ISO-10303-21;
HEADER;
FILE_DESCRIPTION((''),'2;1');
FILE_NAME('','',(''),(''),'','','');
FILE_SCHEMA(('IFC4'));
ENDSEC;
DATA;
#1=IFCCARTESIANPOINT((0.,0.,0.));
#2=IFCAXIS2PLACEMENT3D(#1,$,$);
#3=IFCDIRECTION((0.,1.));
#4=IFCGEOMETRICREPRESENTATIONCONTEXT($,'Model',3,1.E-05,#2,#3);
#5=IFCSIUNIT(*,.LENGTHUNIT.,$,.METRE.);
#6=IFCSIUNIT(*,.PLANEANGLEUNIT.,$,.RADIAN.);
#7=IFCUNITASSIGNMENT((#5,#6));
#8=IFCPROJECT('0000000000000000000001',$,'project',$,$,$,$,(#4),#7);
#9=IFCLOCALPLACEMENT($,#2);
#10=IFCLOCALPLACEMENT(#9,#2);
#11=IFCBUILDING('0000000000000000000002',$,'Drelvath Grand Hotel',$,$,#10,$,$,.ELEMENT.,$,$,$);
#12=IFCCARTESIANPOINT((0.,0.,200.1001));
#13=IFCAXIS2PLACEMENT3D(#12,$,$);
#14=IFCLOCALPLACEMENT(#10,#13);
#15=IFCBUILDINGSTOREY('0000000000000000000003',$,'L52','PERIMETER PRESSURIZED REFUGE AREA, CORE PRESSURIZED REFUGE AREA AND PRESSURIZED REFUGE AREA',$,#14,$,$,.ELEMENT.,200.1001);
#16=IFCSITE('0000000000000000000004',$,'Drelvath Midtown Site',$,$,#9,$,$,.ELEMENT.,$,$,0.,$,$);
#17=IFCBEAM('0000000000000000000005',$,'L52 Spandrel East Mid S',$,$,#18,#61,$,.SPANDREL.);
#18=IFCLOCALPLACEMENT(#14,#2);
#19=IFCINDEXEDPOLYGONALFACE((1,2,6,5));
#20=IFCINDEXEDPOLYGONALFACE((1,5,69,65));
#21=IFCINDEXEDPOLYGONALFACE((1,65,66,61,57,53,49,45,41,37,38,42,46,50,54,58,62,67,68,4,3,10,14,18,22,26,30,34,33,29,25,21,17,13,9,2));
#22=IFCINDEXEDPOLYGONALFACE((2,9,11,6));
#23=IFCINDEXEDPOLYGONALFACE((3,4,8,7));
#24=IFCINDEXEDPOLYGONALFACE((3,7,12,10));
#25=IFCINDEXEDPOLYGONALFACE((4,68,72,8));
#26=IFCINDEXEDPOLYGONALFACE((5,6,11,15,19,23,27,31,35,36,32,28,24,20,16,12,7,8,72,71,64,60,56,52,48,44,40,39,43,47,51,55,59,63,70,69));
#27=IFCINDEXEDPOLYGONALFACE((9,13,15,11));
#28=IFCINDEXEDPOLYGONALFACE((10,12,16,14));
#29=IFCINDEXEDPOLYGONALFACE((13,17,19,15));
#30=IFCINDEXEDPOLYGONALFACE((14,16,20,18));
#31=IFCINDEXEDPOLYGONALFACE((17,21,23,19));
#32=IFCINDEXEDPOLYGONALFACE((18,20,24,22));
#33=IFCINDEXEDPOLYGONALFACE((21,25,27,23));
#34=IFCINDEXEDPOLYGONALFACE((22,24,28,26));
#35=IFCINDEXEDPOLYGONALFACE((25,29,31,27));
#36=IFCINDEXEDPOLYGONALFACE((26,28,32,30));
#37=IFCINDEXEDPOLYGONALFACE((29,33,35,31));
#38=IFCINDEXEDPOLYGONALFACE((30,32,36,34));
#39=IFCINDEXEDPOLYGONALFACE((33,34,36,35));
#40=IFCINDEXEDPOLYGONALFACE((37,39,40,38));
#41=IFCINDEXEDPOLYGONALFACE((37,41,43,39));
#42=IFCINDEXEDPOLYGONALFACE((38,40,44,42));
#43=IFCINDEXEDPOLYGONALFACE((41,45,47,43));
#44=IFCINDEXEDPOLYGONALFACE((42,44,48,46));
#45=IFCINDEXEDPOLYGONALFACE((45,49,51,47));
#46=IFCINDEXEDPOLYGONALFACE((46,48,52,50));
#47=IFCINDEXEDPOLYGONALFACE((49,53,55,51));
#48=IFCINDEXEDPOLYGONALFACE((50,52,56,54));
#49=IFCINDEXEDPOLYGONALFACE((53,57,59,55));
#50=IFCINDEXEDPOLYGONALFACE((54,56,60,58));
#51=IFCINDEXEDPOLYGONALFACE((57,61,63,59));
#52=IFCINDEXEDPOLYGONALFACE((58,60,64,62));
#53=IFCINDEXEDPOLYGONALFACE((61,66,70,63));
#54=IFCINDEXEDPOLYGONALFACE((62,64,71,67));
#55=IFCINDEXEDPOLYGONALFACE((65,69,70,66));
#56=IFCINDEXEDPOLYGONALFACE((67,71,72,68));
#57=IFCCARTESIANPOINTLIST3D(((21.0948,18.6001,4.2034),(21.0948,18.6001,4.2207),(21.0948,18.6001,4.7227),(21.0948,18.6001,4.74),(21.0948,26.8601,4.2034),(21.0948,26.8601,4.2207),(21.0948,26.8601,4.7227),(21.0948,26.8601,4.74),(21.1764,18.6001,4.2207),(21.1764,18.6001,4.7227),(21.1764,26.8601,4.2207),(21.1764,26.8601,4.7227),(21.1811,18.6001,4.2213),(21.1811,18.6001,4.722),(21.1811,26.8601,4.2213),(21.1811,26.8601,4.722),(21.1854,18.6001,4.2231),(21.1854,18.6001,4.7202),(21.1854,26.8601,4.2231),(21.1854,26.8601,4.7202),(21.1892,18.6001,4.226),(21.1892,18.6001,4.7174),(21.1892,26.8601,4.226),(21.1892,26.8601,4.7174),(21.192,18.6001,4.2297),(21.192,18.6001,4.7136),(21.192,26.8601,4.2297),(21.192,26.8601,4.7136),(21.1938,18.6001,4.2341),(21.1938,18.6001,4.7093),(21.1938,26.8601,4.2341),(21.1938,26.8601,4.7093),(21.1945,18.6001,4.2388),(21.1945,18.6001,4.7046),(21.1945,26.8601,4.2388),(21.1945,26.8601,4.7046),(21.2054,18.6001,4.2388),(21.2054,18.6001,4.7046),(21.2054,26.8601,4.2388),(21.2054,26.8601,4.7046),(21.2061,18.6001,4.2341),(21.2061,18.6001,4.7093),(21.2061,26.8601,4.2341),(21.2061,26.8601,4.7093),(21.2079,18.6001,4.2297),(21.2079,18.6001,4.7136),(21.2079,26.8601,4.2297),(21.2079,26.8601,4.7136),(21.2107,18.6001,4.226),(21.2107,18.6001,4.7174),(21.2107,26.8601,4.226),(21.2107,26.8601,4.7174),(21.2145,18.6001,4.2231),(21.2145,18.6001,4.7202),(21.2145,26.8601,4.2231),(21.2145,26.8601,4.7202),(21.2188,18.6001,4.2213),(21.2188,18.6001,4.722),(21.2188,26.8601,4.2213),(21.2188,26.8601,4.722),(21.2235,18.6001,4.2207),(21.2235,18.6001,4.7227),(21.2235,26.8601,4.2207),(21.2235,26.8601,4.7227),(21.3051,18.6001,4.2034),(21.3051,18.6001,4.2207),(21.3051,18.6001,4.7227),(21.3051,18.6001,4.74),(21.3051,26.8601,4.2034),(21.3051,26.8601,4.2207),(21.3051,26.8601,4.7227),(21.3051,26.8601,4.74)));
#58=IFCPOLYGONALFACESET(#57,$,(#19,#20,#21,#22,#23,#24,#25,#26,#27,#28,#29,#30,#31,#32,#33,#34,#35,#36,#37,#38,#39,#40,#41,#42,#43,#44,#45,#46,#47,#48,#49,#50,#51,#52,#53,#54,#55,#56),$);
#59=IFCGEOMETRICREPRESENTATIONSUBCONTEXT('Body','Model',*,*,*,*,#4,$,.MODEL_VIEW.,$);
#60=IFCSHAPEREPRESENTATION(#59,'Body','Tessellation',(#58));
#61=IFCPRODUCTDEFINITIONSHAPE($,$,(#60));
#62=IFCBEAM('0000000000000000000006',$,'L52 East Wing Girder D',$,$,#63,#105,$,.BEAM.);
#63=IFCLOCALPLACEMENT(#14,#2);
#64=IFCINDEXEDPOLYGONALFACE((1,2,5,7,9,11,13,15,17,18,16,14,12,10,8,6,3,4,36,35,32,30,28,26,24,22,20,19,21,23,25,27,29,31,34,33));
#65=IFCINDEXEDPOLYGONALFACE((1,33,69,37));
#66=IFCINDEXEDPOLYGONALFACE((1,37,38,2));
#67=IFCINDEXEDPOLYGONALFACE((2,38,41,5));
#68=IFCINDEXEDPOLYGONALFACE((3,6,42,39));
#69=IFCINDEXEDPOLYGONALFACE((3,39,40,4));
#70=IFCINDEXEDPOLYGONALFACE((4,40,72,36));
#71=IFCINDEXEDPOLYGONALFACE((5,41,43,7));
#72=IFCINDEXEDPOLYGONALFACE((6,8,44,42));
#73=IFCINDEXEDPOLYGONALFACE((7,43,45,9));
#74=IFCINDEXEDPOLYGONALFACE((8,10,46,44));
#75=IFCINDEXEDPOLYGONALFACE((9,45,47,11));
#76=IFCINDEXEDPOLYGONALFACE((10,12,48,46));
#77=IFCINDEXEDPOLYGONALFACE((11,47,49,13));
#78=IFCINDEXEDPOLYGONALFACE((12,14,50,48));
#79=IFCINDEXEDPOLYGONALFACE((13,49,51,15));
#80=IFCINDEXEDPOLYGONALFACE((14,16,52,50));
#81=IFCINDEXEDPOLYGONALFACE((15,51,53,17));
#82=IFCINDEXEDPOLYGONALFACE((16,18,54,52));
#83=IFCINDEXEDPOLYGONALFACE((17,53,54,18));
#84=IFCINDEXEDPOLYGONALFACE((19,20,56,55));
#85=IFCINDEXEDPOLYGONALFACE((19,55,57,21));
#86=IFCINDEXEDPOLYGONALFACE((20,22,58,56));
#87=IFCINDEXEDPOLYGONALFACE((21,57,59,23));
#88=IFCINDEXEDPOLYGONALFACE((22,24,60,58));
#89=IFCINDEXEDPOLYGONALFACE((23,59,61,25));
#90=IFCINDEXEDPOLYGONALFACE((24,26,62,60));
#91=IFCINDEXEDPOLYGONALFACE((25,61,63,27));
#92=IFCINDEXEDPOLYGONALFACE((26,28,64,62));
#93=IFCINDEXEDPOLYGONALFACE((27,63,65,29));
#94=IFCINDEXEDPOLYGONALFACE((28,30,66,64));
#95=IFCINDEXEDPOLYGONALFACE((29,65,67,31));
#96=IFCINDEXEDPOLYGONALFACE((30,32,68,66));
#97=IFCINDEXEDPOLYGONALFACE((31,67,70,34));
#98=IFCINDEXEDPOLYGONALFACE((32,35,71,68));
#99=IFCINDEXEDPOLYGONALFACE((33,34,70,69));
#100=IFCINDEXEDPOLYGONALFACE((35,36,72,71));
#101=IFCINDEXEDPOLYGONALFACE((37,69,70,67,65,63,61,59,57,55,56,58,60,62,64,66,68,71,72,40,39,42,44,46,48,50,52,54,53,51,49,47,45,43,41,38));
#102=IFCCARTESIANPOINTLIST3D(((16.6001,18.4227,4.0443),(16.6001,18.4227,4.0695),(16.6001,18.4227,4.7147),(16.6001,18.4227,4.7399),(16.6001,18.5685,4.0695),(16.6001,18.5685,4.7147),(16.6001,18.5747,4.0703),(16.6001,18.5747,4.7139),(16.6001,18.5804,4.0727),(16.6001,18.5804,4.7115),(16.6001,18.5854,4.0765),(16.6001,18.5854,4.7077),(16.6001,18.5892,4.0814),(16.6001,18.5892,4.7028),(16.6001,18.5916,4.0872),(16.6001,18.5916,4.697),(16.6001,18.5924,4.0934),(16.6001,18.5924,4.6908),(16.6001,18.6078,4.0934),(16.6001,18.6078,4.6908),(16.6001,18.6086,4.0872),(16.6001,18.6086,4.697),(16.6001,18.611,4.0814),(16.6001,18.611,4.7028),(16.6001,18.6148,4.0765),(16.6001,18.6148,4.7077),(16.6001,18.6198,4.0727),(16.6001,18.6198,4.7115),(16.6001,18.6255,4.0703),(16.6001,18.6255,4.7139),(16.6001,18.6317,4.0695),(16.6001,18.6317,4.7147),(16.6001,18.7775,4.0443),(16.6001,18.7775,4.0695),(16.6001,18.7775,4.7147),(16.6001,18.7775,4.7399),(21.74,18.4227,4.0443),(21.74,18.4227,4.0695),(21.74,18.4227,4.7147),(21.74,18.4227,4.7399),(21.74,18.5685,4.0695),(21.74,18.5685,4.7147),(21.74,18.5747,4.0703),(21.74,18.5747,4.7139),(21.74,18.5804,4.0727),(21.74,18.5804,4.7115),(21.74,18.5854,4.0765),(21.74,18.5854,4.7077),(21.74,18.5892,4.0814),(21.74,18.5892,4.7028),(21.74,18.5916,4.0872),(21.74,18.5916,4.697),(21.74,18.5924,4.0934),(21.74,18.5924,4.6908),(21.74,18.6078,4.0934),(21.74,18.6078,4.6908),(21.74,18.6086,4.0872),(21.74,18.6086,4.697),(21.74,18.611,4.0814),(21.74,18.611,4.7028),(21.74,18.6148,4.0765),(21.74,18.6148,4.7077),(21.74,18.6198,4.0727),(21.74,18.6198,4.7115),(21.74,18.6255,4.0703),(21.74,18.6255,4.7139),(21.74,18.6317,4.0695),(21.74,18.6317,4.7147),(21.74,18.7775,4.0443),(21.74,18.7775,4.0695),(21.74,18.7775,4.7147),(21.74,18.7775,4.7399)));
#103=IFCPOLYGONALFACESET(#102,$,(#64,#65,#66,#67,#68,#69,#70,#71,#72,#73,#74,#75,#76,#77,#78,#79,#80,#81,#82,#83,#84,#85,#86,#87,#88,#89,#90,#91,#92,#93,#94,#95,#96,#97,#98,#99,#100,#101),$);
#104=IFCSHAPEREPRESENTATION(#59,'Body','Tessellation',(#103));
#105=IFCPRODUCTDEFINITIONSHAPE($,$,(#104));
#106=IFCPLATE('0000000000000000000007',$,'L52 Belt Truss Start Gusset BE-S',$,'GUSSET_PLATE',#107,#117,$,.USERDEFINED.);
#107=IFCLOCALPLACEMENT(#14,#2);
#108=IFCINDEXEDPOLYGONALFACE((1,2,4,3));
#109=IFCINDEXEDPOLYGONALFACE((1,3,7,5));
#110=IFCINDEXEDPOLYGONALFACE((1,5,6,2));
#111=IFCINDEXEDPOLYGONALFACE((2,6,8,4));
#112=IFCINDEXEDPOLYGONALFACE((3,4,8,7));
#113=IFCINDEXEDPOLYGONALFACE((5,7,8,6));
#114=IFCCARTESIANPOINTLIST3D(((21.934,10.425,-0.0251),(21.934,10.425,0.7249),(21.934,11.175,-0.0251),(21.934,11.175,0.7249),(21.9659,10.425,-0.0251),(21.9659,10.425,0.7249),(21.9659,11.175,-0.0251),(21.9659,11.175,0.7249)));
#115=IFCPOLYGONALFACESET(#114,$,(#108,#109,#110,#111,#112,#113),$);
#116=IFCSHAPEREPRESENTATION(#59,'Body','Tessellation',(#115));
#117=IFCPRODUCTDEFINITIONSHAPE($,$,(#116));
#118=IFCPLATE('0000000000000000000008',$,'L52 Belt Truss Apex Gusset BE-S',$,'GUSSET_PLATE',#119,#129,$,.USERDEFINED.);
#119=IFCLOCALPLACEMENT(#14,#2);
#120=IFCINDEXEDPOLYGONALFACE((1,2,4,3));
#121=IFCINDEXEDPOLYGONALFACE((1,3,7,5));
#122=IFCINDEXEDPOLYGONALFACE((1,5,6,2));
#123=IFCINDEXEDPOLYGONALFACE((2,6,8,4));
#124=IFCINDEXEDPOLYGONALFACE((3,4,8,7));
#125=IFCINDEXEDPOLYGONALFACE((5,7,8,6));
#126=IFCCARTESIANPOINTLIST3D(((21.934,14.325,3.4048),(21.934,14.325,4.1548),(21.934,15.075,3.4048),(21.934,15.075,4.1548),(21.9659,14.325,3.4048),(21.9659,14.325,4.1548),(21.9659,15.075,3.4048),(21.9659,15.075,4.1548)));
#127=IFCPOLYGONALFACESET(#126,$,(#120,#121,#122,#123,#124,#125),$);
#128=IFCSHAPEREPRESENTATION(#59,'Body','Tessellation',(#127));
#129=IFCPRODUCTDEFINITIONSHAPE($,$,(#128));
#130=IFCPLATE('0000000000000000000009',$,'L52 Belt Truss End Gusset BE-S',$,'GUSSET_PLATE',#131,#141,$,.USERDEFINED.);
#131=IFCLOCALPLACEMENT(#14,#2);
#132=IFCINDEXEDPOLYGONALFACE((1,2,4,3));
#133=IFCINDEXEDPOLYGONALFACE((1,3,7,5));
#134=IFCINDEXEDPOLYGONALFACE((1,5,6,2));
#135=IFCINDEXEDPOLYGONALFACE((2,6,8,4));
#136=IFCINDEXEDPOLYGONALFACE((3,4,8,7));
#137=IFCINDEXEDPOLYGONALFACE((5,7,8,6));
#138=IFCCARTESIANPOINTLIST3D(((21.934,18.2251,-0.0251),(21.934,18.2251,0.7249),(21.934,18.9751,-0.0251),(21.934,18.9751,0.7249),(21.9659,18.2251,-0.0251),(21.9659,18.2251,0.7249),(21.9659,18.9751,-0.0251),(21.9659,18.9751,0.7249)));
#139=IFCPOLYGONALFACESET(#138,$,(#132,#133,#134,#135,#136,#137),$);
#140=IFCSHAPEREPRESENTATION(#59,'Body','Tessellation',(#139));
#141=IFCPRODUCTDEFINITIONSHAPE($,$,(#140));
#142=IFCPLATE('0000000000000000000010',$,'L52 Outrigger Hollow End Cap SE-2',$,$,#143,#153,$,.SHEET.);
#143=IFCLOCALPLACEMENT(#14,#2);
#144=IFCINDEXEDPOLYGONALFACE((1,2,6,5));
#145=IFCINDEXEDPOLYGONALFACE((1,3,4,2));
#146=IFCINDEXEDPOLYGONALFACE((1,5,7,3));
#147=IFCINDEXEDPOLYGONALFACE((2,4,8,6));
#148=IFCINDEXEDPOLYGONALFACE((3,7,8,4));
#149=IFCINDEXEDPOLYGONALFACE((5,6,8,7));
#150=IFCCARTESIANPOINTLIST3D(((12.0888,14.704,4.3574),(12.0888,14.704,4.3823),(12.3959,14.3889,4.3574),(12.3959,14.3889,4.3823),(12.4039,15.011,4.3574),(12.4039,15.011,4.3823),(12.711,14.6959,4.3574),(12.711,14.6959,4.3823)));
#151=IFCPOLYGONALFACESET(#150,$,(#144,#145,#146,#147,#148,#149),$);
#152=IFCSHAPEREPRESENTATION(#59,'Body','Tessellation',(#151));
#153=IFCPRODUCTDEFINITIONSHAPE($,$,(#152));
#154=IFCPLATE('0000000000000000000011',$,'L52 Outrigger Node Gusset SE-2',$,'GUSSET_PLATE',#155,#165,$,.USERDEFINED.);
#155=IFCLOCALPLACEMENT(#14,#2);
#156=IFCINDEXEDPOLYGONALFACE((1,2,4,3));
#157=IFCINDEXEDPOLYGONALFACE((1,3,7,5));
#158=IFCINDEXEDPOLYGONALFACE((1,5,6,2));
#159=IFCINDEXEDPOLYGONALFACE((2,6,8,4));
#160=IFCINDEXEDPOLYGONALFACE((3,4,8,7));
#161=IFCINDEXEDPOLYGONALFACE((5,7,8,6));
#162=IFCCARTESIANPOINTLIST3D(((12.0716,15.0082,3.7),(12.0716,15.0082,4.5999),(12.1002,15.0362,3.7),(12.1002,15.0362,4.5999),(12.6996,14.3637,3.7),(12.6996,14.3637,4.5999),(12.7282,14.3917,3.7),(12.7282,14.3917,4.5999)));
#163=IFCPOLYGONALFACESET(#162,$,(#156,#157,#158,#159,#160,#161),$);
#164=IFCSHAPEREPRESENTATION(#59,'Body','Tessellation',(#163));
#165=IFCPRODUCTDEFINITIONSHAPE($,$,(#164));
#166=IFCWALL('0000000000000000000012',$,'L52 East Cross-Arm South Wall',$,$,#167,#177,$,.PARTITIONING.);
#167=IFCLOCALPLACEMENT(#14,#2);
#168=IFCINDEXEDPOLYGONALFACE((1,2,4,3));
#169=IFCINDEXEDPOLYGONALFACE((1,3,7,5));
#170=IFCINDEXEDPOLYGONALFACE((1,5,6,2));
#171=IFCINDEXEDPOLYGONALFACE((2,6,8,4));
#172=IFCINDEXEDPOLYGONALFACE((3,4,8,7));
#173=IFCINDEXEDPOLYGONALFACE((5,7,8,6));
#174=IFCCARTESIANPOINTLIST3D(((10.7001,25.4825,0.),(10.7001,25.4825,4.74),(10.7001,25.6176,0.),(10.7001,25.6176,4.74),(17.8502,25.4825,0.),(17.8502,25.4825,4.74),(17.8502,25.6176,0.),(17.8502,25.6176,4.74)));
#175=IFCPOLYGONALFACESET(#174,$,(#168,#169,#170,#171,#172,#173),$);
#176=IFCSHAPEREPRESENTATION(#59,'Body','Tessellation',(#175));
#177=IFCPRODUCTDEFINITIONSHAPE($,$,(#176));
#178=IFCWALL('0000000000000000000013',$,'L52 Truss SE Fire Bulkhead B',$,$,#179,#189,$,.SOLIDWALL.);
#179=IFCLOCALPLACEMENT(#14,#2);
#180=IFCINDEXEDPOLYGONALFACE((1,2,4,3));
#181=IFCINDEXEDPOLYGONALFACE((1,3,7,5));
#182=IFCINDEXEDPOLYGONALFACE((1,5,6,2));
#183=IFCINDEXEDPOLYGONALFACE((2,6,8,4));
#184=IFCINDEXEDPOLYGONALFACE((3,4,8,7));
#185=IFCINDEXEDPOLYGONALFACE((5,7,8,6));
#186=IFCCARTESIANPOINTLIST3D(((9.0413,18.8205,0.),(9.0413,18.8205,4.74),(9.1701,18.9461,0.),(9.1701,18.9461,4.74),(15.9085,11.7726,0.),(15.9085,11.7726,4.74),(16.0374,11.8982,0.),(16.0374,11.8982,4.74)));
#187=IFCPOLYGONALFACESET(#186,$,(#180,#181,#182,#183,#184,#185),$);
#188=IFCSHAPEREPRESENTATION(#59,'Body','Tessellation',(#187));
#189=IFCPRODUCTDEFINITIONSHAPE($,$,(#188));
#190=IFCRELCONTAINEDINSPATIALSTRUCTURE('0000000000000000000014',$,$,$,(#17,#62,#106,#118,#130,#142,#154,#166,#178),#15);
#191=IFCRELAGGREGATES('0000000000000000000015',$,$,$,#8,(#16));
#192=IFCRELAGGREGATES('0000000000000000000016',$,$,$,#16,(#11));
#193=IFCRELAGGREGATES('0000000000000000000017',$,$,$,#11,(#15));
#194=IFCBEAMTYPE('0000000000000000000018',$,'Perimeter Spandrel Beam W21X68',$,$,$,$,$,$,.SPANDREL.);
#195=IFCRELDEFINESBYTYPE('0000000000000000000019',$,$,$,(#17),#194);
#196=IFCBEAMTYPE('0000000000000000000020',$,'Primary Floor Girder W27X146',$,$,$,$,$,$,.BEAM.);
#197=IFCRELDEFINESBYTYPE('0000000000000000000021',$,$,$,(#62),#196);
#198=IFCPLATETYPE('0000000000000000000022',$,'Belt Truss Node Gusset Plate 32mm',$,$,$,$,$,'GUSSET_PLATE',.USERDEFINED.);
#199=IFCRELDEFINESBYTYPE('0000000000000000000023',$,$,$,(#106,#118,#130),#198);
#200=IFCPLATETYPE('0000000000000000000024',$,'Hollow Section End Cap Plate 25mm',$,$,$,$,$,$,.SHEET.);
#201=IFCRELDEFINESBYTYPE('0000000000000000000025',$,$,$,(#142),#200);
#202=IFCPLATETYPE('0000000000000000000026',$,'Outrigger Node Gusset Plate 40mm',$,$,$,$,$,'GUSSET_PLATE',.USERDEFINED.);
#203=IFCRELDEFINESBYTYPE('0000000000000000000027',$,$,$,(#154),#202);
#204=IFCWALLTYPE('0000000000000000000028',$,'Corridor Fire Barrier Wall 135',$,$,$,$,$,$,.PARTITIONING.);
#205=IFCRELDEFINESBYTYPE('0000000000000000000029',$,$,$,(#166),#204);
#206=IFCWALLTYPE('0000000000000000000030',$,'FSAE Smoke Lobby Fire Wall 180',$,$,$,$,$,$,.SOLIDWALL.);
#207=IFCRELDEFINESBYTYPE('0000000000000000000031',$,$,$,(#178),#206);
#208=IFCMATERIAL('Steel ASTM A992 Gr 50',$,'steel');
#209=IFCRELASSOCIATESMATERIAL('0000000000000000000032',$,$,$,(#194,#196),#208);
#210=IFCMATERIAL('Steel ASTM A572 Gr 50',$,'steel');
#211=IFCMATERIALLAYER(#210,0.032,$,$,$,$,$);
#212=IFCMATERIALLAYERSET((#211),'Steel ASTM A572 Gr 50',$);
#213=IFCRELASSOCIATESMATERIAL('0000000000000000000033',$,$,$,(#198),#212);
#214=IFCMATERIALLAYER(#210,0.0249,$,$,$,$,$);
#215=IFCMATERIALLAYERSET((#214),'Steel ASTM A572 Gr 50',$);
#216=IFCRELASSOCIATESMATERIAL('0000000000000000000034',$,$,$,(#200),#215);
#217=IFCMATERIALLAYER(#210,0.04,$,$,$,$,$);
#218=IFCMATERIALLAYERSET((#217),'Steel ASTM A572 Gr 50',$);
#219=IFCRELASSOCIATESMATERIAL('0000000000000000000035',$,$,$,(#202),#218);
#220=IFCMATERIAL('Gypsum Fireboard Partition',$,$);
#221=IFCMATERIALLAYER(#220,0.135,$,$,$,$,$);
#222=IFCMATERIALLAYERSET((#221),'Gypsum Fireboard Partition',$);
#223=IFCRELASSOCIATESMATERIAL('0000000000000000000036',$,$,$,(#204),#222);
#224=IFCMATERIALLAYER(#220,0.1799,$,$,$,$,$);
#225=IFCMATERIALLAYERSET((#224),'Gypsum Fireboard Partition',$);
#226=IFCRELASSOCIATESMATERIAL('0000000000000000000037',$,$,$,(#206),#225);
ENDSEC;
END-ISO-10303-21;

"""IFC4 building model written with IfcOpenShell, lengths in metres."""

from ifc_helpers import new_model, si_unit, direction, frame, frame_2d, origin, origin_2d, place, context, subcontext, project, spatial, rectangle, i_section, extrude, material, layer, layer_set, material_profile, profile_set, type_object, element, save


model = new_model("IFC4")

# Units and contexts
model_context = context("Model", 3, precision=1e-05, world=origin(), true_north=direction((0.0, 1.0)))
body_context = subcontext(model_context, "Body", "Model", "MODEL_VIEW")
ifc_project = project(units=[si_unit("LENGTHUNIT", "METRE"), si_unit("PLANEANGLEUNIT", "RADIAN")], contexts=[model_context])

# Site, building, storey
site_placement = place(None, origin())
site = spatial("IfcSite", under=ifc_project, at=site_placement, Name="Drelvath Midtown Site", CompositionType="ELEMENT", RefElevation=0.0)
building_placement = place(site_placement, origin())
building = spatial("IfcBuilding", under=site, at=building_placement, Name="Drelvath Grand Hotel", CompositionType="ELEMENT")
storey_placement = place(building_placement, frame((0.0, 0.0, 200.1001)))
storey = spatial("IfcBuildingStorey", under=building, at=storey_placement, Name="L52", Description="PERIMETER PRESSURIZED REFUGE AREA, CORE PRESSURIZED REFUGE AREA AND PRESSURIZED REFUGE AREA", CompositionType="ELEMENT", Elevation=200.1001)

# Beams
ifc_material_1 = material(Name="Steel ASTM A992 Gr 50", Category="steel")
ifc_material_profile_1 = material_profile(ifc_material_1, i_section(OverallWidth=0.2102, OverallDepth=0.5366, WebThickness=0.011, FlangeThickness=0.0173, FilletRadius=0.0181, at=origin_2d()), Name="W21X68")
ifc_profile_set_1 = profile_set([ifc_material_profile_1], Name="Steel ASTM A992 Gr 50")
beam_type_1 = type_object("IfcBeamType", Name="Perimeter Spandrel Beam W21X68", PredefinedType="SPANDREL", material=ifc_profile_set_1)
beam_1_placement = place(storey_placement, frame((21.2, 18.6001, 4.4717), z_axis=(0.0, 1.0, 0.0), x_axis=(-1.0, 0.0, 0.0)))
element("IfcBeam", 1, at=beam_1_placement, inside=storey, type_object=beam_type_1, Name="L52 Spandrel East Mid S", PredefinedType="SPANDREL", context=body_context, shape_type="SweptSolid", body=[
    extrude(i_section(OverallWidth=0.2102, OverallDepth=0.5366, WebThickness=0.011, FlangeThickness=0.0173, FilletRadius=0.0181, at=origin_2d()), origin(), (0.0, 0.0, 1.0), 8.26),
])
ifc_material_profile_2 = material_profile(ifc_material_1, i_section(OverallWidth=0.3547, OverallDepth=0.6956, WebThickness=0.0154, FlangeThickness=0.0251, FilletRadius=0.0239, at=origin_2d()), Name="W27X146")
ifc_profile_set_2 = profile_set([ifc_material_profile_2], Name="Steel ASTM A992 Gr 50")
beam_type_2 = type_object("IfcBeamType", Name="Primary Floor Girder W27X146", PredefinedType="BEAM", material=ifc_profile_set_2)
beam_2_placement = place(storey_placement, frame((16.6001, 18.6001, 4.3921), z_axis=(1.0, 0.0, 0.0), x_axis=(0.0, 1.0, 0.0)))
element("IfcBeam", 2, at=beam_2_placement, inside=storey, type_object=beam_type_2, Name="L52 East Wing Girder D", PredefinedType="BEAM", context=body_context, shape_type="SweptSolid", body=[
    extrude(i_section(OverallWidth=0.3547, OverallDepth=0.6956, WebThickness=0.0154, FlangeThickness=0.0251, FilletRadius=0.0239, at=origin_2d()), origin(), (0.0, 0.0, 1.0), 5.1399),
])

# Plates
ifc_material_2 = material(Name="Steel ASTM A572 Gr 50", Category="steel")
ifc_layer_1 = layer(ifc_material_2, 0.032)
ifc_layer_set_1 = layer_set([ifc_layer_1], Name="Steel ASTM A572 Gr 50")
plate_type_1 = type_object("IfcPlateType", Name="Belt Truss Node Gusset Plate 32mm", ElementType="GUSSET_PLATE", PredefinedType="USERDEFINED", material=ifc_layer_set_1)
for number, where, z_axis, x_axis, name in (
    (3, (21.95, 10.8, -0.0251), (0.0, 0.0, 1.0), (0.0, 1.0, 0.0), "L52 Belt Truss Start Gusset BE-S"),
    (4, (21.95, 14.7, 3.4048), (0.0, 0.0, 1.0), (0.0, 1.0, 0.0), "L52 Belt Truss Apex Gusset BE-S"),
    (5, (21.95, 18.6001, -0.0251), (0.0, 0.0, 1.0), (0.0, 1.0, 0.0), "L52 Belt Truss End Gusset BE-S"),
):
    element("IfcPlate", number, at=place(storey_placement, frame(where, z_axis=z_axis, x_axis=x_axis)), inside=storey, type_object=plate_type_1, Name=name, ObjectType="GUSSET_PLATE", PredefinedType="USERDEFINED", context=body_context, shape_type="SweptSolid", body=[
        extrude(rectangle(XDim=0.75, YDim=0.032, at=origin_2d()), origin(), (0.0, 0.0, 1.0), 0.75),
    ])
ifc_layer_2 = layer(ifc_material_2, 0.0249)
ifc_layer_set_2 = layer_set([ifc_layer_2], Name="Steel ASTM A572 Gr 50")
plate_type_2 = type_object("IfcPlateType", Name="Hollow Section End Cap Plate 25mm", PredefinedType="SHEET", material=ifc_layer_set_2)
plate_1_placement = place(storey_placement, frame((12.3999, 14.7, 4.3574), z_axis=(0.0, 0.0, 1.0), x_axis=(0.697865, -0.71623, 0.0)))
element("IfcPlate", 6, at=plate_1_placement, inside=storey, type_object=plate_type_2, Name="L52 Outrigger Hollow End Cap SE-2", PredefinedType="SHEET", context=body_context, shape_type="SweptSolid", body=[
    extrude(rectangle(XDim=0.4399, YDim=0.4399, at=origin_2d()), origin(), (0.0, 0.0, 1.0), 0.0249),
])
ifc_layer_3 = layer(ifc_material_2, 0.04)
ifc_layer_set_3 = layer_set([ifc_layer_3], Name="Steel ASTM A572 Gr 50")
plate_type_3 = type_object("IfcPlateType", Name="Outrigger Node Gusset Plate 40mm", ElementType="GUSSET_PLATE", PredefinedType="USERDEFINED", material=ifc_layer_set_3)
plate_2_placement = place(storey_placement, frame((12.3999, 14.7, 3.7), z_axis=(0.0, 0.0, 1.0), x_axis=(0.697865, -0.71623, 0.0)))
element("IfcPlate", 7, at=plate_2_placement, inside=storey, type_object=plate_type_3, Name="L52 Outrigger Node Gusset SE-2", ObjectType="GUSSET_PLATE", PredefinedType="USERDEFINED", context=body_context, shape_type="SweptSolid", body=[
    extrude(rectangle(XDim=0.8999, YDim=0.04, at=origin_2d()), origin(), (0.0, 0.0, 1.0), 0.8999),
])

# Walls
ifc_material_3 = material(Name="Gypsum Fireboard Partition")
ifc_layer_4 = layer(ifc_material_3, 0.135)
ifc_layer_set_4 = layer_set([ifc_layer_4], Name="Gypsum Fireboard Partition")
wall_type_1 = type_object("IfcWallType", Name="Corridor Fire Barrier Wall 135", PredefinedType="PARTITIONING", material=ifc_layer_set_4)
wall_1_placement = place(storey_placement, frame((10.7, 25.55, 0.0), z_axis=(0.0, 0.0, 1.0), x_axis=(1.0, 0.0, 0.0)))
element("IfcWall", 8, at=wall_1_placement, inside=storey, type_object=wall_type_1, Name="L52 East Cross-Arm South Wall", PredefinedType="PARTITIONING", context=body_context, shape_type="SweptSolid", body=[
    extrude(rectangle(XDim=7.1501, YDim=0.135, at=frame_2d((3.5752, 0.0))), origin(), (0.0, 0.0, 1.0), 4.74),
])
ifc_layer_5 = layer(ifc_material_3, 0.1799)
ifc_layer_set_5 = layer_set([ifc_layer_5], Name="Gypsum Fireboard Partition")
wall_type_2 = type_object("IfcWallType", Name="FSAE Smoke Lobby Fire Wall 180", PredefinedType="SOLIDWALL", material=ifc_layer_set_5)
wall_2_placement = place(storey_placement, frame((9.1057, 18.8833, 0.0), z_axis=(0.0, 0.0, 1.0), x_axis=(0.697867, -0.716227, 0.0)))
element("IfcWall", 9, at=wall_2_placement, inside=storey, type_object=wall_type_2, Name="L52 Truss SE Fire Bulkhead B", PredefinedType="SOLIDWALL", context=body_context, shape_type="SweptSolid", body=[
    extrude(rectangle(XDim=9.8403, YDim=0.1799, at=frame_2d((4.9202, 0.0))), origin(), (0.0, 0.0, 1.0), 4.74),
])

save(model, "model.ifc")
